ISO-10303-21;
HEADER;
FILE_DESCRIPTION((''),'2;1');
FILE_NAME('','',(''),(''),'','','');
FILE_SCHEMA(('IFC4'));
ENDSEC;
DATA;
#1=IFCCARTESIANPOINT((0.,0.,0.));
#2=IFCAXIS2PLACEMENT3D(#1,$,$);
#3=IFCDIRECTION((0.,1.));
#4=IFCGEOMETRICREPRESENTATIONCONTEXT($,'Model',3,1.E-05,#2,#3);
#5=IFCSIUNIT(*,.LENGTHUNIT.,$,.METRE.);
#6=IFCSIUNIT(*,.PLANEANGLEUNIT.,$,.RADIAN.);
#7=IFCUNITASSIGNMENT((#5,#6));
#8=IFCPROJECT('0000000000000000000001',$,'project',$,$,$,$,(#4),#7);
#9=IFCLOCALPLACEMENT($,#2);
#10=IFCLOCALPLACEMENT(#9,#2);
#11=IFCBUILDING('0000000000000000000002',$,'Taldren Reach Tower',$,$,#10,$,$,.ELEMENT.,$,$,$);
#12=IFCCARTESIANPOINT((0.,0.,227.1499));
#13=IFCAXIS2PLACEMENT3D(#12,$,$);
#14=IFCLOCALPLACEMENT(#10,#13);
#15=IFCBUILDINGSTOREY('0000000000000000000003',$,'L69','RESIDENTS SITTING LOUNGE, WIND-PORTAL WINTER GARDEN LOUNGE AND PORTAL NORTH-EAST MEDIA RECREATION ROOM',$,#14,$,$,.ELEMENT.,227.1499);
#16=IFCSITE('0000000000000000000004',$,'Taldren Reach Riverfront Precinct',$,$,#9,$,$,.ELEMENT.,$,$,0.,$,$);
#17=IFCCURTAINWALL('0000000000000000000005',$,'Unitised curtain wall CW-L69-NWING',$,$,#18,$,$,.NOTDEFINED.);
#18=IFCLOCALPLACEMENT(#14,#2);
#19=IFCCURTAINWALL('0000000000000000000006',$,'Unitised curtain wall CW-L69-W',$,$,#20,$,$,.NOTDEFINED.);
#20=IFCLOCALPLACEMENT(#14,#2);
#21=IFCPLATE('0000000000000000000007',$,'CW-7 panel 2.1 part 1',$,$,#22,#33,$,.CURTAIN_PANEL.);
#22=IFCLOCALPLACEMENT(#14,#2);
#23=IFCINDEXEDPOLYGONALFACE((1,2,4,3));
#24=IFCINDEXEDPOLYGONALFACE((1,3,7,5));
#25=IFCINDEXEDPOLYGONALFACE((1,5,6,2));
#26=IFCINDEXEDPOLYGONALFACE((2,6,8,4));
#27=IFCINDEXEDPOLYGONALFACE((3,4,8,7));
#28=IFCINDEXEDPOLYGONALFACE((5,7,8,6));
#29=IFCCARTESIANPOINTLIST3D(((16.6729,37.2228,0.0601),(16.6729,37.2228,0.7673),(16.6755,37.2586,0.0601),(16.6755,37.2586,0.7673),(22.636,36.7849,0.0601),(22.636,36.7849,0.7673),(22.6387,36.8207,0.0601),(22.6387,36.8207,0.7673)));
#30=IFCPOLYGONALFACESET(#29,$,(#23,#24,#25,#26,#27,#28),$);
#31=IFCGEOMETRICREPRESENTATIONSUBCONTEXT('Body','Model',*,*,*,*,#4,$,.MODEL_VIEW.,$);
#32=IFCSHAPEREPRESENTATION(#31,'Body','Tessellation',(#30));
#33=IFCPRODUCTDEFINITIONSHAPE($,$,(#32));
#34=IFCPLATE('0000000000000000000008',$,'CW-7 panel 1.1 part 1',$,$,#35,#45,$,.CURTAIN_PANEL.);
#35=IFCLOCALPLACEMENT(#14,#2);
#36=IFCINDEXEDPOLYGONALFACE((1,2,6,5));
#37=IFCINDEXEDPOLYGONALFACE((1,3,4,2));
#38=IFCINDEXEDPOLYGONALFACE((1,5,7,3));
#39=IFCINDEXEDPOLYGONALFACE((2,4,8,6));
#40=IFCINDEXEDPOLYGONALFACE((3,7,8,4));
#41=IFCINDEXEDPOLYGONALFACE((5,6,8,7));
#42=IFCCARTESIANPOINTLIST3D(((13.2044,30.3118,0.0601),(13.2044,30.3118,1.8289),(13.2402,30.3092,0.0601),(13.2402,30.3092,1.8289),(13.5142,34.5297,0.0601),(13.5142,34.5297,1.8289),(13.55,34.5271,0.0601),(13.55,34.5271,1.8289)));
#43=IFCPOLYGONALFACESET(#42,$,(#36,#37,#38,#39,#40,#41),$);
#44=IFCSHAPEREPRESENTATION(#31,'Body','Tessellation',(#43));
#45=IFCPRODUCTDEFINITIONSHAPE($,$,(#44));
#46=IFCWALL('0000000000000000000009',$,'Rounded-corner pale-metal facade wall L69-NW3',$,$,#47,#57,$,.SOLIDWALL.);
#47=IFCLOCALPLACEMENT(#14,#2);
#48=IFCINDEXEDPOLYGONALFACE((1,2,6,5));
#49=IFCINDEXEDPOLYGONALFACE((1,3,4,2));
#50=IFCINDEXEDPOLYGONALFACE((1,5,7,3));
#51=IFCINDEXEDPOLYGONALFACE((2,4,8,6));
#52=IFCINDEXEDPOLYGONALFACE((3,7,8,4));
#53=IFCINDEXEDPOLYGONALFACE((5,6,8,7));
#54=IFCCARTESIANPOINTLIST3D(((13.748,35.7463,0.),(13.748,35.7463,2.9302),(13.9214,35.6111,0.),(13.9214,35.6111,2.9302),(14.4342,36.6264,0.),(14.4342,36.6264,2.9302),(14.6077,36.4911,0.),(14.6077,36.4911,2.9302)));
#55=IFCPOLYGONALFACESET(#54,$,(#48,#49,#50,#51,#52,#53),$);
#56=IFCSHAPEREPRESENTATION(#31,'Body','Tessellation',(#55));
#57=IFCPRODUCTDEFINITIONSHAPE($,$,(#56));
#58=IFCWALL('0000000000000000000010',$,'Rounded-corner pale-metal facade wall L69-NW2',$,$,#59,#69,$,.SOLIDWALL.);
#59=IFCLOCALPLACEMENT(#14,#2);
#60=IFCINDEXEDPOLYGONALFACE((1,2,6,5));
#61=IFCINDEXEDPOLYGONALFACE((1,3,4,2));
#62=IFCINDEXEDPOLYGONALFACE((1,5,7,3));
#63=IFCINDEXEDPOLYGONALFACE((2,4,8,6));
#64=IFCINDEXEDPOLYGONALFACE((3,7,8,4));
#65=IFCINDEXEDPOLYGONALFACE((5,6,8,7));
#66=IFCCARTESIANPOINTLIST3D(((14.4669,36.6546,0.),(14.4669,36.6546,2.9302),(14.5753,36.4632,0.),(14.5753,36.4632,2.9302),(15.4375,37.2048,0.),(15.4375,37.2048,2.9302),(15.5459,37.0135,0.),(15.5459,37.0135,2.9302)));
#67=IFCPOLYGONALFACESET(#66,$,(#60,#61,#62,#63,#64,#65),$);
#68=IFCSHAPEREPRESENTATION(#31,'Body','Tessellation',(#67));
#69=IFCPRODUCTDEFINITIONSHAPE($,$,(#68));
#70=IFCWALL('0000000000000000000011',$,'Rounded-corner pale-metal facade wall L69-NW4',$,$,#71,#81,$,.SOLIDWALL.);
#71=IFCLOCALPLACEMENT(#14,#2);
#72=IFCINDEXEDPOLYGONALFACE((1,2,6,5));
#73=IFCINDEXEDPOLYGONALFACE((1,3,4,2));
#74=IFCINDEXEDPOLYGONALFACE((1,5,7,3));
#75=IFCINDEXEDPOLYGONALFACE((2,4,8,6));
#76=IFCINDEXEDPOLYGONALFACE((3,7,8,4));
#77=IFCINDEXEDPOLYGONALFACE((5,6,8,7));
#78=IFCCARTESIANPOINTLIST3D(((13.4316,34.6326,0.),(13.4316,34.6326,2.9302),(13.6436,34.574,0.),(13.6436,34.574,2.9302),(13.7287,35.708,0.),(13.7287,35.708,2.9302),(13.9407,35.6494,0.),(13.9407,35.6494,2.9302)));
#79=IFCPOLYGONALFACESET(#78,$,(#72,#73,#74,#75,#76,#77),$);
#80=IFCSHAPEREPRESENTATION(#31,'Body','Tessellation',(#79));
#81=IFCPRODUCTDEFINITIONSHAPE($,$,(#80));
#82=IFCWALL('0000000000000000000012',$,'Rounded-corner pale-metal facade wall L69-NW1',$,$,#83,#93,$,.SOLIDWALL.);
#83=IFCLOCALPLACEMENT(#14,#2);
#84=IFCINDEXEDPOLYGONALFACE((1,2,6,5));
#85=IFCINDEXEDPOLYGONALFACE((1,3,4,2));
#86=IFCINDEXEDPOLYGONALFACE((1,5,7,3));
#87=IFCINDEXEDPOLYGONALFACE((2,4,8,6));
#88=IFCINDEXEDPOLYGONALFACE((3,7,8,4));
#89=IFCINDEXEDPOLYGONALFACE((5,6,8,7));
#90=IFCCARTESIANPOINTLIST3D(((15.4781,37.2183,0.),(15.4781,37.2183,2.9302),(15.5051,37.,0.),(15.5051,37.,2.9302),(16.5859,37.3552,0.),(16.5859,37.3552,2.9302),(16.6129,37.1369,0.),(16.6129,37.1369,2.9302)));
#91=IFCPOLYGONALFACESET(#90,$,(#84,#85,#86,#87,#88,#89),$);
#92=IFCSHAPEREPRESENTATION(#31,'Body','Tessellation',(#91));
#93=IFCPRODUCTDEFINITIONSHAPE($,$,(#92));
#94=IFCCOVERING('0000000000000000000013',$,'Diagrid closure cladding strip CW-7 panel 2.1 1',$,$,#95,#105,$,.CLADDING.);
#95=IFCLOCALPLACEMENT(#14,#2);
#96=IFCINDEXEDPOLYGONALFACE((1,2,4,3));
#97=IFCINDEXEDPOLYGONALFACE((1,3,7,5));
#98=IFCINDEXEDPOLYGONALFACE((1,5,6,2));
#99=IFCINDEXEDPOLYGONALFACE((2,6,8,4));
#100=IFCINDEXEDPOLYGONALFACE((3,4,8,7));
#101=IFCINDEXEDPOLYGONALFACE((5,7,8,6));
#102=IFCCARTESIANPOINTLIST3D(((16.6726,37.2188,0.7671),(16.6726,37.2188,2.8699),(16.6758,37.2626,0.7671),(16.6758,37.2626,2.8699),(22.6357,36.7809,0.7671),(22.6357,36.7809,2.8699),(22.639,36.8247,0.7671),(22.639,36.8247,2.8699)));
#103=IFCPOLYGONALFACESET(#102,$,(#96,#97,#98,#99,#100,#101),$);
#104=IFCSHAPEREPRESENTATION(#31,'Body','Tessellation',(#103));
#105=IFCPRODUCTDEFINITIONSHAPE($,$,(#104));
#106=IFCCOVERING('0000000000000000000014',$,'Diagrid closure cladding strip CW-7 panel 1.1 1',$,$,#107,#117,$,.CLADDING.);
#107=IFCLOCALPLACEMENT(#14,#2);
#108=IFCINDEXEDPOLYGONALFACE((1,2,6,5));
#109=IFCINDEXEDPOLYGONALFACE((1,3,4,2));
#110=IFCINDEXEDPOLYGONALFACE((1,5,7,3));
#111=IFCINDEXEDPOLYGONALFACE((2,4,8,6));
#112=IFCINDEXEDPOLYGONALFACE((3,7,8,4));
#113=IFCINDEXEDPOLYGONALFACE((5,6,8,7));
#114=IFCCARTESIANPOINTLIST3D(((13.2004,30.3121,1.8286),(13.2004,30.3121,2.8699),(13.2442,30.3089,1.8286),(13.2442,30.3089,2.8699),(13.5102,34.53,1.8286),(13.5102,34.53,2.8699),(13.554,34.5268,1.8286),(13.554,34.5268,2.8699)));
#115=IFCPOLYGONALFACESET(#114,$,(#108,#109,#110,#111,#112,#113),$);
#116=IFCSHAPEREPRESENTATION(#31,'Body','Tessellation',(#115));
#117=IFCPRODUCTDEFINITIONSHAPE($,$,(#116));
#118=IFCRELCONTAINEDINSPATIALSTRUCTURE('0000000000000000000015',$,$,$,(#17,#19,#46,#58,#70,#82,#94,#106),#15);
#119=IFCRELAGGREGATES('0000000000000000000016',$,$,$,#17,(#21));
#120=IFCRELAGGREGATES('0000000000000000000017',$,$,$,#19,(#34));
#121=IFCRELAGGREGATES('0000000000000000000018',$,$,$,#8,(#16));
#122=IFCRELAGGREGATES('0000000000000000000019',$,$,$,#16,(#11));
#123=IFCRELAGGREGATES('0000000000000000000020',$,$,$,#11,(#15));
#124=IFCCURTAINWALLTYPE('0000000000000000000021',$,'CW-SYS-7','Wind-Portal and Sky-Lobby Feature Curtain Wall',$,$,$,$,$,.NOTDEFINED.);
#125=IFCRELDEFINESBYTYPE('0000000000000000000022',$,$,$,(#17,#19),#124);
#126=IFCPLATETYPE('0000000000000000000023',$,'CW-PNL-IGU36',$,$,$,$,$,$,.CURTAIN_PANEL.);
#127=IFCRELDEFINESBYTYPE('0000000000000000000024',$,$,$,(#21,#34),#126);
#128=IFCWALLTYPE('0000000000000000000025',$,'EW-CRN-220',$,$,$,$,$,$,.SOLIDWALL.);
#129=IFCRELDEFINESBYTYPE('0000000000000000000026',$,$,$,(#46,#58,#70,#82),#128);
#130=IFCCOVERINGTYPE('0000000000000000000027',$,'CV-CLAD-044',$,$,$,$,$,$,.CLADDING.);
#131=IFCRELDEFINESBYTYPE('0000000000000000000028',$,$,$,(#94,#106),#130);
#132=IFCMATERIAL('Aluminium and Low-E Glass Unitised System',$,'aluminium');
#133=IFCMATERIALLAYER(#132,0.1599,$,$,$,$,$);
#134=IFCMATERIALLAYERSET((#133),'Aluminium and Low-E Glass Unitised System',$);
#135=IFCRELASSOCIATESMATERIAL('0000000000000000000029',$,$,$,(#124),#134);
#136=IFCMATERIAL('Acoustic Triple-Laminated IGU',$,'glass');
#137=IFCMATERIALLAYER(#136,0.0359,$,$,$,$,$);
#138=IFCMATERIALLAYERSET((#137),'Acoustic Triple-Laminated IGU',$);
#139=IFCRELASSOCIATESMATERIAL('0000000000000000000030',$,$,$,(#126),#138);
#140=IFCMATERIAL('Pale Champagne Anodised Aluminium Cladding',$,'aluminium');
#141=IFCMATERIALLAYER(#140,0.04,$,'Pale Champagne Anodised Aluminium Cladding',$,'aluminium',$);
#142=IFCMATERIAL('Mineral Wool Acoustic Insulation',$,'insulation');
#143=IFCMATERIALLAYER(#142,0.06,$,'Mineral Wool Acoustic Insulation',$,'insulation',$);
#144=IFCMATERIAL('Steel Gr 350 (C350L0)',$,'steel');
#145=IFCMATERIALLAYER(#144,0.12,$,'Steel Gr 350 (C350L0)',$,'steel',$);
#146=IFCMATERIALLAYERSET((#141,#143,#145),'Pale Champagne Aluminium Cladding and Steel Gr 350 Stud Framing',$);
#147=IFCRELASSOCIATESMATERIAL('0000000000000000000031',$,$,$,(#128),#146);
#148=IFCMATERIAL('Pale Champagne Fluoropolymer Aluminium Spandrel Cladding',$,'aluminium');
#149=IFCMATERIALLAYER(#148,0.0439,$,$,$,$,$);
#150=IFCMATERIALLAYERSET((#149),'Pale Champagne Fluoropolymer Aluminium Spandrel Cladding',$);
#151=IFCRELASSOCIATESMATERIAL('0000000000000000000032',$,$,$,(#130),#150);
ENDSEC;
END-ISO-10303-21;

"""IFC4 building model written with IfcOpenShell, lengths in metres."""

from ifc_helpers import new_model, si_unit, direction, frame, frame_2d, origin, origin_2d, place, context, subcontext, project, spatial, rectangle, extrude, source, transform, mapped, material, layer, layer_set, type_object, element, aggregate, save


model = new_model("IFC4")

# Units and contexts
model_context = context("Model", 3, precision=1e-05, world=origin(), true_north=direction((0.0, 1.0)))
body_context = subcontext(model_context, "Body", "Model", "MODEL_VIEW")
ifc_project = project(units=[si_unit("LENGTHUNIT", "METRE"), si_unit("PLANEANGLEUNIT", "RADIAN")], contexts=[model_context])

# Site, building, storey
site_placement = place(None, origin())
site = spatial("IfcSite", under=ifc_project, at=site_placement, Name="Taldren Reach Riverfront Precinct", CompositionType="ELEMENT", RefElevation=0.0)
building_placement = place(site_placement, origin())
building = spatial("IfcBuilding", under=site, at=building_placement, Name="Taldren Reach Tower", CompositionType="ELEMENT")
storey_placement = place(building_placement, frame((0.0, 0.0, 227.1499)))
storey = spatial("IfcBuildingStorey", under=building, at=storey_placement, Name="L69", Description="RESIDENTS SITTING LOUNGE, WIND-PORTAL WINTER GARDEN LOUNGE AND PORTAL NORTH-EAST MEDIA RECREATION ROOM", CompositionType="ELEMENT", Elevation=227.1499)

# Shared definitions
ifc_material_1 = material(Name="Steel Gr 350 (C350L0)", Category="steel")

# Curtain wall
ifc_material_2 = material(Name="Aluminium and Low-E Glass Unitised System", Category="aluminium")
ifc_layer_1 = layer(ifc_material_2, 0.1599)
ifc_layer_set_1 = layer_set([ifc_layer_1], Name="Aluminium and Low-E Glass Unitised System")
curtain_wall_type = type_object("IfcCurtainWallType", Name="CW-SYS-7", Description="Wind-Portal and Sky-Lobby Feature Curtain Wall", PredefinedType="NOTDEFINED", material=ifc_layer_set_1)
curtain_wall_1_placement = place(storey_placement, origin())
curtain_wall_1 = element("IfcCurtainWall", 1, at=curtain_wall_1_placement, inside=storey, type_object=curtain_wall_type, Name="Unitised curtain wall CW-L69-NWING", PredefinedType="NOTDEFINED")

# Curtain wall
curtain_wall_2_placement = place(storey_placement, origin())
curtain_wall_2 = element("IfcCurtainWall", 2, at=curtain_wall_2_placement, inside=storey, type_object=curtain_wall_type, Name="Unitised curtain wall CW-L69-W", PredefinedType="NOTDEFINED")

# Plates
ifc_material_3 = material(Name="Acoustic Triple-Laminated IGU", Category="glass")
ifc_layer_2 = layer(ifc_material_3, 0.0359)
ifc_layer_set_2 = layer_set([ifc_layer_2], Name="Acoustic Triple-Laminated IGU")
plate_type_1 = type_object("IfcPlateType", Name="CW-PNL-IGU36", PredefinedType="CURTAIN_PANEL", material=ifc_layer_set_2)
shared_shape_1 = source(origin(), body_context, "Body", "SweptSolid", [
    extrude(rectangle(XDim=5.9792, YDim=0.0359, at=origin_2d()), origin(), (0.0, 0.0, 1.0), 0.7073),
])
plate_1_placement = place(storey_placement, frame((19.6558, 37.0217, 0.0601), z_axis=(0.0, 0.0, 1.0), x_axis=(-0.997314, 0.073238, 0.0)))
plate_1 = element("IfcPlate", 3, at=plate_1_placement, type_object=plate_type_1, Name="CW-7 panel 2.1 part 1", PredefinedType="CURTAIN_PANEL", context=body_context, shape_type="MappedRepresentation", body=[
    mapped(shared_shape_1, transform((0.0, 0.0, 0.0), scale=1.0)),
])
aggregate(curtain_wall_1, [plate_1])
shared_shape_2 = source(origin(), body_context, "Body", "SweptSolid", [
    extrude(rectangle(XDim=4.2292, YDim=0.0359, at=origin_2d()), origin(), (0.0, 0.0, 1.0), 1.7688),
])
plate_2_placement = place(storey_placement, frame((13.3772, 32.4194, 0.0601), z_axis=(0.0, 0.0, 1.0), x_axis=(-0.073238, -0.997314, 0.0)))
plate_2 = element("IfcPlate", 4, at=plate_2_placement, type_object=plate_type_1, Name="CW-7 panel 1.1 part 1", PredefinedType="CURTAIN_PANEL", context=body_context, shape_type="MappedRepresentation", body=[
    mapped(shared_shape_2, transform((0.0, 0.0, 0.0), scale=1.0)),
])
aggregate(curtain_wall_2, [plate_2])

# Walls
ifc_material_4 = material(Name="Pale Champagne Anodised Aluminium Cladding", Category="aluminium")
ifc_layer_3 = layer(ifc_material_4, 0.04, Name="Pale Champagne Anodised Aluminium Cladding", Category="aluminium")
ifc_material_5 = material(Name="Mineral Wool Acoustic Insulation", Category="insulation")
ifc_layer_4 = layer(ifc_material_5, 0.06, Name="Mineral Wool Acoustic Insulation", Category="insulation")
ifc_layer_5 = layer(ifc_material_1, 0.12, Name="Steel Gr 350 (C350L0)", Category="steel")
ifc_layer_set_3 = layer_set([ifc_layer_3, ifc_layer_4, ifc_layer_5], Name="Pale Champagne Aluminium Cladding and Steel Gr 350 Stud Framing")
wall_type = type_object("IfcWallType", Name="EW-CRN-220", PredefinedType="SOLIDWALL", material=ifc_layer_set_3)
shared_shape_3 = source(origin(), body_context, "Body", "SweptSolid", [
    extrude(rectangle(XDim=1.116, YDim=0.22, at=frame_2d((0.5581, 0.0))), origin(), (0.0, 0.0, 1.0), 2.9302),
])
wall_1_placement = place(storey_placement, frame((14.521, 36.5588, 0.0), z_axis=(0.0, 0.0, 1.0), x_axis=(-0.614909, -0.788598, 0.0)))
element("IfcWall", 5, at=wall_1_placement, inside=storey, type_object=wall_type, Name="Rounded-corner pale-metal facade wall L69-NW3", PredefinedType="SOLIDWALL", context=body_context, shape_type="MappedRepresentation", body=[
    mapped(shared_shape_3, transform((0.0, 0.0, 0.0), scale=1.0)),
])
shared_shape_4 = source(origin(), body_context, "Body", "SweptSolid", [
    extrude(rectangle(XDim=1.1157, YDim=0.22, at=frame_2d((0.5579, 0.0))), origin(), (0.0, 0.0, 1.0), 2.9302),
])
for number, where, z_axis, x_axis, name in (
    (6, (15.4917, 37.1091, 0.0), (0.0, 0.0, 1.0), (-0.869935, -0.493167, 0.0), "Rounded-corner pale-metal facade wall L69-NW2"),
    (7, (13.8347, 35.6787, 0.0), (0.0, 0.0, 1.0), (-0.266301, -0.96389, 0.0), "Rounded-corner pale-metal facade wall L69-NW4"),
):
    element("IfcWall", number, at=place(storey_placement, frame(where, z_axis=z_axis, x_axis=x_axis)), inside=storey, type_object=wall_type, Name=name, PredefinedType="SOLIDWALL", context=body_context, shape_type="MappedRepresentation", body=[
        mapped(shared_shape_4, transform((0.0, 0.0, 0.0), scale=1.0)),
    ])
shared_shape_5 = source(origin(), body_context, "Body", "SweptSolid", [
    extrude(rectangle(XDim=1.1162, YDim=0.22, at=frame_2d((0.5581, 0.0))), origin(), (0.0, 0.0, 1.0), 2.9302),
])
wall_2_placement = place(storey_placement, frame((16.5994, 37.2461, 0.0), z_axis=(0.0, 0.0, 1.0), x_axis=(-0.992442, -0.122715, 0.0)))
element("IfcWall", 8, at=wall_2_placement, inside=storey, type_object=wall_type, Name="Rounded-corner pale-metal facade wall L69-NW1", PredefinedType="SOLIDWALL", context=body_context, shape_type="MappedRepresentation", body=[
    mapped(shared_shape_5, transform((0.0, 0.0, 0.0), scale=1.0)),
])

# Coverings
ifc_material_6 = material(Name="Pale Champagne Fluoropolymer Aluminium Spandrel Cladding", Category="aluminium")
ifc_layer_6 = layer(ifc_material_6, 0.0439)
ifc_layer_set_4 = layer_set([ifc_layer_6], Name="Pale Champagne Fluoropolymer Aluminium Spandrel Cladding")
covering_type = type_object("IfcCoveringType", Name="CV-CLAD-044", PredefinedType="CLADDING", material=ifc_layer_set_4)
shared_shape_6 = source(origin(), body_context, "Body", "SweptSolid", [
    extrude(rectangle(XDim=5.9792, YDim=0.0439, at=origin_2d()), origin(), (0.0, 0.0, 1.0), 2.1028),
])
covering_1_placement = place(storey_placement, frame((19.6558, 37.0217, 0.7671), z_axis=(0.0, 0.0, 1.0), x_axis=(-0.997314, 0.073238, 0.0)))
element("IfcCovering", 9, at=covering_1_placement, inside=storey, type_object=covering_type, Name="Diagrid closure cladding strip CW-7 panel 2.1 1", PredefinedType="CLADDING", context=body_context, shape_type="MappedRepresentation", body=[
    mapped(shared_shape_6, transform((0.0, 0.0, 0.0), scale=1.0)),
])
shared_shape_7 = source(origin(), body_context, "Body", "SweptSolid", [
    extrude(rectangle(XDim=4.2292, YDim=0.0439, at=origin_2d()), origin(), (0.0, 0.0, 1.0), 1.0413),
])
covering_2_placement = place(storey_placement, frame((13.3772, 32.4194, 1.8286), z_axis=(0.0, 0.0, 1.0), x_axis=(-0.073238, -0.997314, 0.0)))
element("IfcCovering", 10, at=covering_2_placement, inside=storey, type_object=covering_type, Name="Diagrid closure cladding strip CW-7 panel 1.1 1", PredefinedType="CLADDING", context=body_context, shape_type="MappedRepresentation", body=[
    mapped(shared_shape_7, transform((0.0, 0.0, 0.0), scale=1.0)),
])

save(model, "model.ifc")
